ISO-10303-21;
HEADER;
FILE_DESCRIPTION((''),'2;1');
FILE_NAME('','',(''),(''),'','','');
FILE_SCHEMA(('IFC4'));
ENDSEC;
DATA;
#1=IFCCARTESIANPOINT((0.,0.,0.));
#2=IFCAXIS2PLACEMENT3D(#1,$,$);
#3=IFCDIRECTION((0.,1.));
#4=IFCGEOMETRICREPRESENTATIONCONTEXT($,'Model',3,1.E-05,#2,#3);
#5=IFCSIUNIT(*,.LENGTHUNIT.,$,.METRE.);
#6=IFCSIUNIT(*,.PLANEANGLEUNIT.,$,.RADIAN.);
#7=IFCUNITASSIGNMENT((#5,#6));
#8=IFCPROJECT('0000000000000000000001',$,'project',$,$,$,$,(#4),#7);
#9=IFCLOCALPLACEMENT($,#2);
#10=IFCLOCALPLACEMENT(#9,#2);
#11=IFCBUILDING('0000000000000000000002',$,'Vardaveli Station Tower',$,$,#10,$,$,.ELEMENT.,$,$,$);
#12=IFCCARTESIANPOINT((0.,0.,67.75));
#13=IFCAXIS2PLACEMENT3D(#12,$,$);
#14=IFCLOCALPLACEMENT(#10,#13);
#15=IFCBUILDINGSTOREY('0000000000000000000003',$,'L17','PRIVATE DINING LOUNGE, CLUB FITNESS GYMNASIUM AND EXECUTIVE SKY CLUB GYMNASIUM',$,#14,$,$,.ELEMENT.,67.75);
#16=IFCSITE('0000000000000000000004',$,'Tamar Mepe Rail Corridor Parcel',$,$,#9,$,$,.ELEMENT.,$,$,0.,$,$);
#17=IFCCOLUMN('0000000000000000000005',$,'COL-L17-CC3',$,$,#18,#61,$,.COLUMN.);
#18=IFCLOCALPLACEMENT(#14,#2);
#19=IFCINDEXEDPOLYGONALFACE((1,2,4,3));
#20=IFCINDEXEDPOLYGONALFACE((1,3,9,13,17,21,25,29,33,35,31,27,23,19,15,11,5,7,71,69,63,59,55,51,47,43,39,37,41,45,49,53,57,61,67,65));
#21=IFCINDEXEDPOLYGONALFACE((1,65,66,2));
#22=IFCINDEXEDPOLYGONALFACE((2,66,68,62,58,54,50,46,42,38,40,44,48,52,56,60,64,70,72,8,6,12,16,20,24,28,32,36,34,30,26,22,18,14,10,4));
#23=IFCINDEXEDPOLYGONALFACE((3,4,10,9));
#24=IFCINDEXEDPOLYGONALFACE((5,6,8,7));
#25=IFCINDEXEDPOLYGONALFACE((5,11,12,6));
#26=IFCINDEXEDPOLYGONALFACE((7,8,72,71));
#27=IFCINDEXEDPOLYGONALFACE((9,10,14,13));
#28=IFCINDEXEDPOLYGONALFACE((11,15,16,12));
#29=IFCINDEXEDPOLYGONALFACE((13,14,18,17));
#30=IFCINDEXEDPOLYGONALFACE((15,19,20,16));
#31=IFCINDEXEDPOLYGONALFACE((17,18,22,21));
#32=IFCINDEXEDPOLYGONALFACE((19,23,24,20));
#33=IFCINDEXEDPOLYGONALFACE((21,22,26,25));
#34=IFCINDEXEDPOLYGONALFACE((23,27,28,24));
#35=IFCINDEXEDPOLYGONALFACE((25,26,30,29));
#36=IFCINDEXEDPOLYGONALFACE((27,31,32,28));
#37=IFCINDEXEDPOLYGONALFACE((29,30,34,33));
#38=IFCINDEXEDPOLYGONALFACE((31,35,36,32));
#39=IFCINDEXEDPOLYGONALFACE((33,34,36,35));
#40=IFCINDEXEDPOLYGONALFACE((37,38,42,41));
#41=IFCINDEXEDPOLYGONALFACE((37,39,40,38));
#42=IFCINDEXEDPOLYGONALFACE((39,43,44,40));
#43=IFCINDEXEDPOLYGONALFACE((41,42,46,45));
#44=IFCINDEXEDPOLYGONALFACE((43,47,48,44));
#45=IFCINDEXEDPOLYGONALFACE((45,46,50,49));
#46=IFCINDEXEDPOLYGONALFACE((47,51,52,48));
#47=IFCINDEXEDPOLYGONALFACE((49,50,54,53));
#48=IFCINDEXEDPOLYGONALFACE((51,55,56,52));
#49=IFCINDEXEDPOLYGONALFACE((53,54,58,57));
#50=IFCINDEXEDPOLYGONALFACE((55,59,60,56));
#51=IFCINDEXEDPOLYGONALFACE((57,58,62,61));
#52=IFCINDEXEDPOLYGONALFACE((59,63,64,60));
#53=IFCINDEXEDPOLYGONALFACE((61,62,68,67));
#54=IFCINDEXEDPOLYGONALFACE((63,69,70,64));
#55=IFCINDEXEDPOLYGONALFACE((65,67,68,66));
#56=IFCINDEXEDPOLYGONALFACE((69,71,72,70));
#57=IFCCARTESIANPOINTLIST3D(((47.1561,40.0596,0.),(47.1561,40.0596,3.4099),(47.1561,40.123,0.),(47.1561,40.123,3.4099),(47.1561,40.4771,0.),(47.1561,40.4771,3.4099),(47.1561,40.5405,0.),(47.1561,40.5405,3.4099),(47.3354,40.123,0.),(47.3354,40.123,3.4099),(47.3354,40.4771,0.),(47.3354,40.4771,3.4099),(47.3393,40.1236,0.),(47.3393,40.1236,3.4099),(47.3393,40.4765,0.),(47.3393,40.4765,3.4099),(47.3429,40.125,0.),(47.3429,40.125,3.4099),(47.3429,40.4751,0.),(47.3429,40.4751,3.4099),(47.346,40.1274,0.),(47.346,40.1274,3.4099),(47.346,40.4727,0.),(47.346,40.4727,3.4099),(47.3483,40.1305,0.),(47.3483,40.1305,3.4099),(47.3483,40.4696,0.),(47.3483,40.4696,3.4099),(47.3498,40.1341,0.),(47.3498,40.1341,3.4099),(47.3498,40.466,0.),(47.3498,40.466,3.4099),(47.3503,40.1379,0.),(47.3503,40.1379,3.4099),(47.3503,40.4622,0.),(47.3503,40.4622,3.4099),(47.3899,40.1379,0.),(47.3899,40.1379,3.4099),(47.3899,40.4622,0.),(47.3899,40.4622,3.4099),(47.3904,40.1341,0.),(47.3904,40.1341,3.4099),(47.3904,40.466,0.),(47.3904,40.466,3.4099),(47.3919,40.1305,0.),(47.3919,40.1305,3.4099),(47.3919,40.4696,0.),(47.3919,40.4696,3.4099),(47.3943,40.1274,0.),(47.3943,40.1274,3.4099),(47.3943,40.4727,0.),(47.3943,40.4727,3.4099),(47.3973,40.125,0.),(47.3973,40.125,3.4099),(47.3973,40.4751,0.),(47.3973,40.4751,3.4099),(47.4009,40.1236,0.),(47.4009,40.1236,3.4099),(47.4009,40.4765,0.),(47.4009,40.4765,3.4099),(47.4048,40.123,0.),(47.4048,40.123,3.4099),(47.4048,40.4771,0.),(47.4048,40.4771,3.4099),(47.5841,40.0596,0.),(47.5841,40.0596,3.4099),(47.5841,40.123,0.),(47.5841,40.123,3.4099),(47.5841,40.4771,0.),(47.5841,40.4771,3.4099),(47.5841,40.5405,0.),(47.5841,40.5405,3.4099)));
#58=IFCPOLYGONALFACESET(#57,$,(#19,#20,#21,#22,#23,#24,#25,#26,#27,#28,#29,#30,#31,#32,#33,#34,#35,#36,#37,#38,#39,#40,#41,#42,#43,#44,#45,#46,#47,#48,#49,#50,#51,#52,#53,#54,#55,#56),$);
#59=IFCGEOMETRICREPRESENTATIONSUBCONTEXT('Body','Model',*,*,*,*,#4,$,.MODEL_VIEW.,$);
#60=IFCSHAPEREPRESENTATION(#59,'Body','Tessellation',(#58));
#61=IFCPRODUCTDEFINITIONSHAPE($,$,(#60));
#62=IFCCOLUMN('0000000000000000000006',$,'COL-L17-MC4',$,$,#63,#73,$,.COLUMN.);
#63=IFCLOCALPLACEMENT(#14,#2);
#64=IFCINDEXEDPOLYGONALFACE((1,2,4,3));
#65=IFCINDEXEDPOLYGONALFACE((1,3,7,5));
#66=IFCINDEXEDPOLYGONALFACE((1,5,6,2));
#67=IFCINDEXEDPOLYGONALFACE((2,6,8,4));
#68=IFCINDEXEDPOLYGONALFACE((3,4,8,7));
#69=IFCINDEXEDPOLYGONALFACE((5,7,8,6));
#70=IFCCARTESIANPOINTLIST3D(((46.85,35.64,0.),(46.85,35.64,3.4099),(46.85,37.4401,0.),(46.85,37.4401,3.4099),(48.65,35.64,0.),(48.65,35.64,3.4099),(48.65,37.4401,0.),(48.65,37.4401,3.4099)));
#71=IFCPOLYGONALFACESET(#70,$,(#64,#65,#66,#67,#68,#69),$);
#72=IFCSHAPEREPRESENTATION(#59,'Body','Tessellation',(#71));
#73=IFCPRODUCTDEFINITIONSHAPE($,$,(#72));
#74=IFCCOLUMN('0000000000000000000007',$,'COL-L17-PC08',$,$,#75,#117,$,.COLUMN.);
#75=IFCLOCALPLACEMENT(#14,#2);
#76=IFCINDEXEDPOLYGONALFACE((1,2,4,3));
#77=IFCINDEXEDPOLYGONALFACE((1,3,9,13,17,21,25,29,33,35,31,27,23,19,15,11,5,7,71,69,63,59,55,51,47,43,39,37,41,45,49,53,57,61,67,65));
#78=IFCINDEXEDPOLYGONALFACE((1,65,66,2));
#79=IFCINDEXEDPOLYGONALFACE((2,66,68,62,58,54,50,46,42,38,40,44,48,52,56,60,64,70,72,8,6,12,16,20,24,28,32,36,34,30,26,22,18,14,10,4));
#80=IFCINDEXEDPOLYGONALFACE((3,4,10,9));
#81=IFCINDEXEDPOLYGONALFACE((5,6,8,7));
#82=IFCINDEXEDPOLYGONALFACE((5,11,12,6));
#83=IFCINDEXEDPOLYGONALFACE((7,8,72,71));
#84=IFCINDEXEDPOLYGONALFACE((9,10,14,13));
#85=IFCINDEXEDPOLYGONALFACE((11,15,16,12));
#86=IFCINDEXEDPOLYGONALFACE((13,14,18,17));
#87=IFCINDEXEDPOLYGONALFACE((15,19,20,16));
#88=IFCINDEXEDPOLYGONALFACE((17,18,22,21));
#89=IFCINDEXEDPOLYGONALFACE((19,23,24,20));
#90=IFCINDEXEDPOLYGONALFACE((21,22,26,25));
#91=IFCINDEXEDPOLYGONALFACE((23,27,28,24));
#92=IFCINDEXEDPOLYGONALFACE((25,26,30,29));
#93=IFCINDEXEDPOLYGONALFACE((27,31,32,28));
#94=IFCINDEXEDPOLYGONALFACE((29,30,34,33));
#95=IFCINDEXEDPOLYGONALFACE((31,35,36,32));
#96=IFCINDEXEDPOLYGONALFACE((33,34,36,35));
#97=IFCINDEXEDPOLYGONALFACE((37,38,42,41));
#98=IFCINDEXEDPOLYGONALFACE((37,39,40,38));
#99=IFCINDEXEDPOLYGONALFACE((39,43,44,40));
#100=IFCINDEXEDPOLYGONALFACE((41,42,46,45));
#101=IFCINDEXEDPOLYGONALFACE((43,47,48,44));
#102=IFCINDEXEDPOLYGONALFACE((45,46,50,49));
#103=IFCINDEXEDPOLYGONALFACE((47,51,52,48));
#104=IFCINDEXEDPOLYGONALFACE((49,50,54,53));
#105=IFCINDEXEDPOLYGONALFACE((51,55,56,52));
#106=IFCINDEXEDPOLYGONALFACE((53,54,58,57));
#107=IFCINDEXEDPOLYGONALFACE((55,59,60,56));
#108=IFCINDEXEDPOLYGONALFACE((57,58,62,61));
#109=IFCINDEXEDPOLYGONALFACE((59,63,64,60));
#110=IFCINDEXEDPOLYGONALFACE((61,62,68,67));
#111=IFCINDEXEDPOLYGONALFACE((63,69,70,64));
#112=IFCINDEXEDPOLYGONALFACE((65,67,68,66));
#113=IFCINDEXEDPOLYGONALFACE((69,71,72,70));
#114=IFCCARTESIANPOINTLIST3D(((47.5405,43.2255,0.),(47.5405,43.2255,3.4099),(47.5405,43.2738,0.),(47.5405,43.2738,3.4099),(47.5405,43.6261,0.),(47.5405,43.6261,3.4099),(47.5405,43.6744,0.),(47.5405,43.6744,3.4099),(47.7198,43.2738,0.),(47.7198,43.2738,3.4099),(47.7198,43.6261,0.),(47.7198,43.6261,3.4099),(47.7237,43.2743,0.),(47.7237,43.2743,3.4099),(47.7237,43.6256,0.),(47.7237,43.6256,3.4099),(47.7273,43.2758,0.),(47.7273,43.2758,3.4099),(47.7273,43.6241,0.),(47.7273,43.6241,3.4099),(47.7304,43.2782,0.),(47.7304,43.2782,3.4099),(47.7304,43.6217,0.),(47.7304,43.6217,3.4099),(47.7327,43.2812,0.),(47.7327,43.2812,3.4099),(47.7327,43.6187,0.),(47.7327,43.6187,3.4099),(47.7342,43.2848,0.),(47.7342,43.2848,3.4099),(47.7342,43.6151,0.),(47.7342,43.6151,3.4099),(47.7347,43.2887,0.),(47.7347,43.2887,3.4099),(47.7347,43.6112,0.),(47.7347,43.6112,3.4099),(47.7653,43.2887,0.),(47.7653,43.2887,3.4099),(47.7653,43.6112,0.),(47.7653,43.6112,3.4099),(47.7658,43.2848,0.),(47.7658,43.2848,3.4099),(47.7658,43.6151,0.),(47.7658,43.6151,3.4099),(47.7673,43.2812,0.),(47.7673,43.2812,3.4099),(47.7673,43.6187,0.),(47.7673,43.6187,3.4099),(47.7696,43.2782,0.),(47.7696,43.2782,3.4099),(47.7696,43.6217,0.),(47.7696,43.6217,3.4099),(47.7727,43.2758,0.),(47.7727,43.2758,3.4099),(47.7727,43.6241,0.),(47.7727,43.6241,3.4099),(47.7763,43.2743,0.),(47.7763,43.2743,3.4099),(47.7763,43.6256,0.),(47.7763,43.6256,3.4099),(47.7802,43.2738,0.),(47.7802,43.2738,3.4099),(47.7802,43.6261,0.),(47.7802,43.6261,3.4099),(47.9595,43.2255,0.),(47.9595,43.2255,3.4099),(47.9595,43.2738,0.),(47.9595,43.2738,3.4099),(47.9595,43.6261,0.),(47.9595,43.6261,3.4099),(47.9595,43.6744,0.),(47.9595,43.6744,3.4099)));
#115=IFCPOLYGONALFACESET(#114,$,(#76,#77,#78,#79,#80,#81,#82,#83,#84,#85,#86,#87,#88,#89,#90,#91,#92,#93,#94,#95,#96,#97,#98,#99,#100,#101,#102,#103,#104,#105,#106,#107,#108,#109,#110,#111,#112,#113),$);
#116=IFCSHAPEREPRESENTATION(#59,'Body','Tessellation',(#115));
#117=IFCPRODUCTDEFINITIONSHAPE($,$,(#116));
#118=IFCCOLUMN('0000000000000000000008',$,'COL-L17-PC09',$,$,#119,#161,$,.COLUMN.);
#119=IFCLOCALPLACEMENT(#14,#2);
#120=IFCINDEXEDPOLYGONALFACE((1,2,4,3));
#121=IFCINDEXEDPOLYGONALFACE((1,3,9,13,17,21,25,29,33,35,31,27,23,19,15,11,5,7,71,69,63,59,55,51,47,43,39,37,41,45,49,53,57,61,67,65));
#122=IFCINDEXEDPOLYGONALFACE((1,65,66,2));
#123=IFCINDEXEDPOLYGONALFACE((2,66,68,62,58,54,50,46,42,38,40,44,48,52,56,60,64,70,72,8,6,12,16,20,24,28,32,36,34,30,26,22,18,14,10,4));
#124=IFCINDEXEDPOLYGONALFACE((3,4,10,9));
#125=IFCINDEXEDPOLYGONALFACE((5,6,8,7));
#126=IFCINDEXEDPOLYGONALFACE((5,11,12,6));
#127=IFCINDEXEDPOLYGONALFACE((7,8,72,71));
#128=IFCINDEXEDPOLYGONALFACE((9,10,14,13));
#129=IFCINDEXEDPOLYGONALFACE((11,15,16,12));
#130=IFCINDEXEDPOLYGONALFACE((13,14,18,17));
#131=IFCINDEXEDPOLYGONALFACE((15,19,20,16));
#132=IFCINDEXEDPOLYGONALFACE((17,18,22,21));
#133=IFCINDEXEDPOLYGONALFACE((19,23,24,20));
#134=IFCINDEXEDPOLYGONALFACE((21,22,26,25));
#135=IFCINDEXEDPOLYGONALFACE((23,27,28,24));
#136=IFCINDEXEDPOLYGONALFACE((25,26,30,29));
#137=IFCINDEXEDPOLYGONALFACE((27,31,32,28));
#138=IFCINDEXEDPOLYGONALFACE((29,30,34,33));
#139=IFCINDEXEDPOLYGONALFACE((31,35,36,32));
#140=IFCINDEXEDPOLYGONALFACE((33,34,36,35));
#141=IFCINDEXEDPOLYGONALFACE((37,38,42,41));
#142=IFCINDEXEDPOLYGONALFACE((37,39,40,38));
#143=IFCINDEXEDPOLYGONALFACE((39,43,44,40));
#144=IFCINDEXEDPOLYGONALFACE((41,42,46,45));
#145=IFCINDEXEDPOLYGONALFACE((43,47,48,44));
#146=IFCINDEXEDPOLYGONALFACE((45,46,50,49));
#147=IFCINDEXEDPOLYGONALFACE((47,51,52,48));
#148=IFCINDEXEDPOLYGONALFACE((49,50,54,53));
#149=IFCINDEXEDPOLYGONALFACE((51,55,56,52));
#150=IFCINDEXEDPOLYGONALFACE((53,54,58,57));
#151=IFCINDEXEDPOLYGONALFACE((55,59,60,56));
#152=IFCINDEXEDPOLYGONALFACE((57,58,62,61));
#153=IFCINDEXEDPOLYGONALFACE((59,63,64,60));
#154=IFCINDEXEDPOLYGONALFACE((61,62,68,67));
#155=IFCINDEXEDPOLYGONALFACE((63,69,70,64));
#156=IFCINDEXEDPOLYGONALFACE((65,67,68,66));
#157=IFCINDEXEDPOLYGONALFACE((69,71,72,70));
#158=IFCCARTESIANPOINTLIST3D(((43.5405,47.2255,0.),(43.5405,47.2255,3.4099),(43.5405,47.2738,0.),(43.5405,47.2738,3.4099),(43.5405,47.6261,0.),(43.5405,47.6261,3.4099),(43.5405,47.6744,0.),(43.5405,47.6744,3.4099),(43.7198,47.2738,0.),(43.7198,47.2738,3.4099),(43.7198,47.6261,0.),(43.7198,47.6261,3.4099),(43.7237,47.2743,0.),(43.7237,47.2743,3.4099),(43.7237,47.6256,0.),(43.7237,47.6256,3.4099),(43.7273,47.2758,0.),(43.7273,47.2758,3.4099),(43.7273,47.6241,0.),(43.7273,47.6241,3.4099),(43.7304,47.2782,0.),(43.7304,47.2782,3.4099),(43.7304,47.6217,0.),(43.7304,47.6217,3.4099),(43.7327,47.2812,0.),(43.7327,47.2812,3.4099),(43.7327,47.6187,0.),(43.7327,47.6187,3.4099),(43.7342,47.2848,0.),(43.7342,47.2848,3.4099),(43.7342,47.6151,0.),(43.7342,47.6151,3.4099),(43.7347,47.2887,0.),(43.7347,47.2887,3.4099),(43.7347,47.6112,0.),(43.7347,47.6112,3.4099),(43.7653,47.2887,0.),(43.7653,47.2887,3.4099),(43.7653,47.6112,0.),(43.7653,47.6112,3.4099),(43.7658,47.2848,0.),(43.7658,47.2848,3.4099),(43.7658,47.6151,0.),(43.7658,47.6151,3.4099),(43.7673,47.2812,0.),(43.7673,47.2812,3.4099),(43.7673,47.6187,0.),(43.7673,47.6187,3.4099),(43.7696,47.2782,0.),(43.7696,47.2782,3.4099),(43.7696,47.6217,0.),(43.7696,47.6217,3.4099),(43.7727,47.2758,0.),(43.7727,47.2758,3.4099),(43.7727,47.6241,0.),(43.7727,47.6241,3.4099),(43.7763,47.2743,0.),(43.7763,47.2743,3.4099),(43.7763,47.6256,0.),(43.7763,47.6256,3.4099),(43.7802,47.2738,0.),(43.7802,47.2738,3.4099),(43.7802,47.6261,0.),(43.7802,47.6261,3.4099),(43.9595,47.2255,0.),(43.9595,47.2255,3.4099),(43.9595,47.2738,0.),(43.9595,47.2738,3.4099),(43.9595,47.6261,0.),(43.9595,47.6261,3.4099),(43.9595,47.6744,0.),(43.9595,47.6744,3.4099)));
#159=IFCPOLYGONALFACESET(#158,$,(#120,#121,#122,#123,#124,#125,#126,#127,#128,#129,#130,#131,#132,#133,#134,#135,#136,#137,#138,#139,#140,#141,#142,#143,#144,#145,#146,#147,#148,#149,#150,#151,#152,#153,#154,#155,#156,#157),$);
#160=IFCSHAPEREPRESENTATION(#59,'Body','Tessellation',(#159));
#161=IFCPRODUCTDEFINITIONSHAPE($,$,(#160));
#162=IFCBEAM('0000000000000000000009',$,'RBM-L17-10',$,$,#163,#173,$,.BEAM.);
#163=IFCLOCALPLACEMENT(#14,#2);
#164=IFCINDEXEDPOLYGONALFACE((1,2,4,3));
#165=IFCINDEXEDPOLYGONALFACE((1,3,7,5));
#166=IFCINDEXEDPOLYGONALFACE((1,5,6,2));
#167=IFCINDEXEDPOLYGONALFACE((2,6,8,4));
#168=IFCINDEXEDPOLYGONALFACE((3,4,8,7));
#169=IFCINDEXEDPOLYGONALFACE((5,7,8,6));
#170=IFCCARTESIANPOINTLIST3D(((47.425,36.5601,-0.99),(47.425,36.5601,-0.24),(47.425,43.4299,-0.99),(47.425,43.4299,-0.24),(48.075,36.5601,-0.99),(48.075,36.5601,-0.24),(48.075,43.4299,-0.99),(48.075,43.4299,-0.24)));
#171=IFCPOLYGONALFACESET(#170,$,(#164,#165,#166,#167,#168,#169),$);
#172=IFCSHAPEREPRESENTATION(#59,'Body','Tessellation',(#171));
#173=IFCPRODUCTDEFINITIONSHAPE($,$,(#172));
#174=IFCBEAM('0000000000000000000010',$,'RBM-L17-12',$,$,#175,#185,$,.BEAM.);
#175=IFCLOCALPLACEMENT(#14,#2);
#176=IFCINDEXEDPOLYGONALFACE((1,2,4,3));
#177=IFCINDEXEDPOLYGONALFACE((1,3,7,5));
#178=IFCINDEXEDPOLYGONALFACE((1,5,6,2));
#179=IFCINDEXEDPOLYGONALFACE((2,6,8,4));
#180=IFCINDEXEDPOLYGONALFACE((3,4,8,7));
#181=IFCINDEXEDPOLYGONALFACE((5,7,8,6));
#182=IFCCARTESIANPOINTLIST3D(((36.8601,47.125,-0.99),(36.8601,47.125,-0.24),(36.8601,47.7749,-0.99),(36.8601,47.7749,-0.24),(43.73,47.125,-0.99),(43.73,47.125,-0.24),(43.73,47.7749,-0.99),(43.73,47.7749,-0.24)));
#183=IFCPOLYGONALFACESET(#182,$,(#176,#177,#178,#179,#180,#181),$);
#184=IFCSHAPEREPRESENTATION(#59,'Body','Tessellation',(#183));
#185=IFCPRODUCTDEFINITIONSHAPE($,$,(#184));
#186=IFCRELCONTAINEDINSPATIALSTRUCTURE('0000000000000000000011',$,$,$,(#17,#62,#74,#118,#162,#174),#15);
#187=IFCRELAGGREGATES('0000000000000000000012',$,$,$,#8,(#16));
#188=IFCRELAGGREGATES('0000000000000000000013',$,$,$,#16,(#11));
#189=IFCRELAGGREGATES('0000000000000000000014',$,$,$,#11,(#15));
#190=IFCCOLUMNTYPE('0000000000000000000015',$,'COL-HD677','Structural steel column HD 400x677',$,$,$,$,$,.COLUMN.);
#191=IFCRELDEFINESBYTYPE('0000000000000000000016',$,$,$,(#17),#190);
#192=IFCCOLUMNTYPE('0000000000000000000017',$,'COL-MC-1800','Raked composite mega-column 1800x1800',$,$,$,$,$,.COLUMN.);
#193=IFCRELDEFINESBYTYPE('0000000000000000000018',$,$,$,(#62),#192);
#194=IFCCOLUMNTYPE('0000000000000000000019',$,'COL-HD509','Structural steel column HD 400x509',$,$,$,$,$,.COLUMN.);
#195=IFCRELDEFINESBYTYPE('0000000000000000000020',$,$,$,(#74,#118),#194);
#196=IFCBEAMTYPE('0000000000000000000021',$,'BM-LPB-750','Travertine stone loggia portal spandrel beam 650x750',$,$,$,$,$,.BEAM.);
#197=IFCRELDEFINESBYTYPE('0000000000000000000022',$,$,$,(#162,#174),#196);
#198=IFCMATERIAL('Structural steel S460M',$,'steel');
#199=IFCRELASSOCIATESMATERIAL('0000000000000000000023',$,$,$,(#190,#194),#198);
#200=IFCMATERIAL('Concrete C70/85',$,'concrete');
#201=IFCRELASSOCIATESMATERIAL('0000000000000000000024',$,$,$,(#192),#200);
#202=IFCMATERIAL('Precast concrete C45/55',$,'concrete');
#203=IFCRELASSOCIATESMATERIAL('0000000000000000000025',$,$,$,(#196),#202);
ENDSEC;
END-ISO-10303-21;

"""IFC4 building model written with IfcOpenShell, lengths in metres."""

from ifc_helpers import new_model, si_unit, direction, frame, origin, origin_2d, place, context, subcontext, project, spatial, rectangle, i_section, extrude, source, transform, mapped, material, material_profile, profile_set, type_object, element, save


model = new_model("IFC4")

# Units and contexts
model_context = context("Model", 3, precision=1e-05, world=origin(), true_north=direction((0.0, 1.0)))
body_context = subcontext(model_context, "Body", "Model", "MODEL_VIEW")
ifc_project = project(units=[si_unit("LENGTHUNIT", "METRE"), si_unit("PLANEANGLEUNIT", "RADIAN")], contexts=[model_context])

# Site, building, storey
site_placement = place(None, origin())
site = spatial("IfcSite", under=ifc_project, at=site_placement, Name="Tamar Mepe Rail Corridor Parcel", CompositionType="ELEMENT", RefElevation=0.0)
building_placement = place(site_placement, origin())
building = spatial("IfcBuilding", under=site, at=building_placement, Name="Vardaveli Station Tower", CompositionType="ELEMENT")
storey_placement = place(building_placement, frame((0.0, 0.0, 67.75)))
storey = spatial("IfcBuildingStorey", under=building, at=storey_placement, Name="L17", Description="PRIVATE DINING LOUNGE, CLUB FITNESS GYMNASIUM AND EXECUTIVE SKY CLUB GYMNASIUM", CompositionType="ELEMENT", Elevation=67.75)

# Columns
ifc_material_1 = material(Name="Structural steel S460M", Category="steel")
ifc_material_profile_1 = material_profile(ifc_material_1, i_section(OverallWidth=0.428, OverallDepth=0.481, WebThickness=0.0396, FlangeThickness=0.0635, FilletRadius=0.0149, at=origin_2d()), Name="HD 400x677")
ifc_profile_set_1 = profile_set([ifc_material_profile_1], Name="Structural steel S460M")
column_type_1 = type_object("IfcColumnType", Name="COL-HD677", Description="Structural steel column HD 400x677", PredefinedType="COLUMN", material=ifc_profile_set_1)
shared_shape_1 = source(origin(), body_context, "Body", "SweptSolid", [
    extrude(i_section(OverallWidth=0.428, OverallDepth=0.481, WebThickness=0.0396, FlangeThickness=0.0635, FilletRadius=0.0149, at=origin_2d()), origin(), (0.0, 0.0, 1.0), 3.4099),
])
column_1_placement = place(storey_placement, frame((47.3701, 40.3, 0.0), z_axis=(0.0, 0.0, 1.0), x_axis=(1.0, 0.0, 0.0)))
element("IfcColumn", 1, at=column_1_placement, inside=storey, type_object=column_type_1, Name="COL-L17-CC3", PredefinedType="COLUMN", context=body_context, shape_type="MappedRepresentation", body=[
    mapped(shared_shape_1, transform((0.0, 0.0, 0.0), scale=1.0)),
])
ifc_material_2 = material(Name="Concrete C70/85", Category="concrete")
ifc_material_profile_2 = material_profile(ifc_material_2, rectangle(XDim=1.8, YDim=1.8, at=origin_2d()), Name="MC 1800x1800")
ifc_profile_set_2 = profile_set([ifc_material_profile_2], Name="Concrete C70/85")
column_type_2 = type_object("IfcColumnType", Name="COL-MC-1800", Description="Raked composite mega-column 1800x1800", PredefinedType="COLUMN", material=ifc_profile_set_2)
shared_shape_2 = source(origin(), body_context, "Body", "SweptSolid", [
    extrude(rectangle(XDim=1.8, YDim=1.8, at=origin_2d()), origin(), (0.0, 0.0, 1.0), 3.4099),
])
column_2_placement = place(storey_placement, frame((47.75, 36.54, 0.0), z_axis=(0.0, 0.0, 1.0), x_axis=(1.0, 0.0, 0.0)))
element("IfcColumn", 2, at=column_2_placement, inside=storey, type_object=column_type_2, Name="COL-L17-MC4", PredefinedType="COLUMN", context=body_context, shape_type="MappedRepresentation", body=[
    mapped(shared_shape_2, transform((0.0, 0.0, 0.0), scale=1.0)),
])
ifc_material_profile_3 = material_profile(ifc_material_1, i_section(OverallWidth=0.4189, OverallDepth=0.449, WebThickness=0.0305, FlangeThickness=0.0483, FilletRadius=0.0149, at=origin_2d()), Name="HD 400x509")
ifc_profile_set_3 = profile_set([ifc_material_profile_3], Name="Structural steel S460M")
column_type_3 = type_object("IfcColumnType", Name="COL-HD509", Description="Structural steel column HD 400x509", PredefinedType="COLUMN", material=ifc_profile_set_3)
shared_shape_3 = source(origin(), body_context, "Body", "SweptSolid", [
    extrude(i_section(OverallWidth=0.4189, OverallDepth=0.449, WebThickness=0.0305, FlangeThickness=0.0483, FilletRadius=0.0149, at=origin_2d()), origin(), (0.0, 0.0, 1.0), 3.4099),
])
for number, where, z_axis, x_axis, name in (
    (3, (47.75, 43.45, 0.0), (0.0, 0.0, 1.0), (1.0, 0.0, 0.0), "COL-L17-PC08"),
    (4, (43.75, 47.45, 0.0), (0.0, 0.0, 1.0), (1.0, 0.0, 0.0), "COL-L17-PC09"),
):
    element("IfcColumn", number, at=place(storey_placement, frame(where, z_axis=z_axis, x_axis=x_axis)), inside=storey, type_object=column_type_3, Name=name, PredefinedType="COLUMN", context=body_context, shape_type="MappedRepresentation", body=[
        mapped(shared_shape_3, transform((0.0, 0.0, 0.0), scale=1.0)),
    ])

# Beams
ifc_material_3 = material(Name="Precast concrete C45/55", Category="concrete")
ifc_material_profile_4 = material_profile(ifc_material_3, rectangle(XDim=0.6499, YDim=0.75, at=origin_2d()), Name="LPB 650x750")
ifc_profile_set_4 = profile_set([ifc_material_profile_4], Name="Precast concrete C45/55")
beam_type = type_object("IfcBeamType", Name="BM-LPB-750", Description="Travertine stone loggia portal spandrel beam 650x750", PredefinedType="BEAM", material=ifc_profile_set_4)
shared_shape_4 = source(origin(), body_context, "Body", "SweptSolid", [
    extrude(rectangle(XDim=0.6499, YDim=0.75, at=origin_2d()), origin(), (0.0, 0.0, 1.0), 6.8699),
])
for number, where, z_axis, x_axis, name in (
    (5, (47.75, 36.5601, -0.615), (0.0, 1.0, 0.0), (-1.0, 0.0, 0.0), "RBM-L17-10"),
    (6, (43.73, 47.45, -0.615), (-1.0, 0.0, 0.0), (0.0, -1.0, 0.0), "RBM-L17-12"),
):
    element("IfcBeam", number, at=place(storey_placement, frame(where, z_axis=z_axis, x_axis=x_axis)), inside=storey, type_object=beam_type, Name=name, PredefinedType="BEAM", context=body_context, shape_type="MappedRepresentation", body=[
        mapped(shared_shape_4, transform((0.0, 0.0, 0.0), scale=1.0)),
    ])

save(model, "model.ifc")
